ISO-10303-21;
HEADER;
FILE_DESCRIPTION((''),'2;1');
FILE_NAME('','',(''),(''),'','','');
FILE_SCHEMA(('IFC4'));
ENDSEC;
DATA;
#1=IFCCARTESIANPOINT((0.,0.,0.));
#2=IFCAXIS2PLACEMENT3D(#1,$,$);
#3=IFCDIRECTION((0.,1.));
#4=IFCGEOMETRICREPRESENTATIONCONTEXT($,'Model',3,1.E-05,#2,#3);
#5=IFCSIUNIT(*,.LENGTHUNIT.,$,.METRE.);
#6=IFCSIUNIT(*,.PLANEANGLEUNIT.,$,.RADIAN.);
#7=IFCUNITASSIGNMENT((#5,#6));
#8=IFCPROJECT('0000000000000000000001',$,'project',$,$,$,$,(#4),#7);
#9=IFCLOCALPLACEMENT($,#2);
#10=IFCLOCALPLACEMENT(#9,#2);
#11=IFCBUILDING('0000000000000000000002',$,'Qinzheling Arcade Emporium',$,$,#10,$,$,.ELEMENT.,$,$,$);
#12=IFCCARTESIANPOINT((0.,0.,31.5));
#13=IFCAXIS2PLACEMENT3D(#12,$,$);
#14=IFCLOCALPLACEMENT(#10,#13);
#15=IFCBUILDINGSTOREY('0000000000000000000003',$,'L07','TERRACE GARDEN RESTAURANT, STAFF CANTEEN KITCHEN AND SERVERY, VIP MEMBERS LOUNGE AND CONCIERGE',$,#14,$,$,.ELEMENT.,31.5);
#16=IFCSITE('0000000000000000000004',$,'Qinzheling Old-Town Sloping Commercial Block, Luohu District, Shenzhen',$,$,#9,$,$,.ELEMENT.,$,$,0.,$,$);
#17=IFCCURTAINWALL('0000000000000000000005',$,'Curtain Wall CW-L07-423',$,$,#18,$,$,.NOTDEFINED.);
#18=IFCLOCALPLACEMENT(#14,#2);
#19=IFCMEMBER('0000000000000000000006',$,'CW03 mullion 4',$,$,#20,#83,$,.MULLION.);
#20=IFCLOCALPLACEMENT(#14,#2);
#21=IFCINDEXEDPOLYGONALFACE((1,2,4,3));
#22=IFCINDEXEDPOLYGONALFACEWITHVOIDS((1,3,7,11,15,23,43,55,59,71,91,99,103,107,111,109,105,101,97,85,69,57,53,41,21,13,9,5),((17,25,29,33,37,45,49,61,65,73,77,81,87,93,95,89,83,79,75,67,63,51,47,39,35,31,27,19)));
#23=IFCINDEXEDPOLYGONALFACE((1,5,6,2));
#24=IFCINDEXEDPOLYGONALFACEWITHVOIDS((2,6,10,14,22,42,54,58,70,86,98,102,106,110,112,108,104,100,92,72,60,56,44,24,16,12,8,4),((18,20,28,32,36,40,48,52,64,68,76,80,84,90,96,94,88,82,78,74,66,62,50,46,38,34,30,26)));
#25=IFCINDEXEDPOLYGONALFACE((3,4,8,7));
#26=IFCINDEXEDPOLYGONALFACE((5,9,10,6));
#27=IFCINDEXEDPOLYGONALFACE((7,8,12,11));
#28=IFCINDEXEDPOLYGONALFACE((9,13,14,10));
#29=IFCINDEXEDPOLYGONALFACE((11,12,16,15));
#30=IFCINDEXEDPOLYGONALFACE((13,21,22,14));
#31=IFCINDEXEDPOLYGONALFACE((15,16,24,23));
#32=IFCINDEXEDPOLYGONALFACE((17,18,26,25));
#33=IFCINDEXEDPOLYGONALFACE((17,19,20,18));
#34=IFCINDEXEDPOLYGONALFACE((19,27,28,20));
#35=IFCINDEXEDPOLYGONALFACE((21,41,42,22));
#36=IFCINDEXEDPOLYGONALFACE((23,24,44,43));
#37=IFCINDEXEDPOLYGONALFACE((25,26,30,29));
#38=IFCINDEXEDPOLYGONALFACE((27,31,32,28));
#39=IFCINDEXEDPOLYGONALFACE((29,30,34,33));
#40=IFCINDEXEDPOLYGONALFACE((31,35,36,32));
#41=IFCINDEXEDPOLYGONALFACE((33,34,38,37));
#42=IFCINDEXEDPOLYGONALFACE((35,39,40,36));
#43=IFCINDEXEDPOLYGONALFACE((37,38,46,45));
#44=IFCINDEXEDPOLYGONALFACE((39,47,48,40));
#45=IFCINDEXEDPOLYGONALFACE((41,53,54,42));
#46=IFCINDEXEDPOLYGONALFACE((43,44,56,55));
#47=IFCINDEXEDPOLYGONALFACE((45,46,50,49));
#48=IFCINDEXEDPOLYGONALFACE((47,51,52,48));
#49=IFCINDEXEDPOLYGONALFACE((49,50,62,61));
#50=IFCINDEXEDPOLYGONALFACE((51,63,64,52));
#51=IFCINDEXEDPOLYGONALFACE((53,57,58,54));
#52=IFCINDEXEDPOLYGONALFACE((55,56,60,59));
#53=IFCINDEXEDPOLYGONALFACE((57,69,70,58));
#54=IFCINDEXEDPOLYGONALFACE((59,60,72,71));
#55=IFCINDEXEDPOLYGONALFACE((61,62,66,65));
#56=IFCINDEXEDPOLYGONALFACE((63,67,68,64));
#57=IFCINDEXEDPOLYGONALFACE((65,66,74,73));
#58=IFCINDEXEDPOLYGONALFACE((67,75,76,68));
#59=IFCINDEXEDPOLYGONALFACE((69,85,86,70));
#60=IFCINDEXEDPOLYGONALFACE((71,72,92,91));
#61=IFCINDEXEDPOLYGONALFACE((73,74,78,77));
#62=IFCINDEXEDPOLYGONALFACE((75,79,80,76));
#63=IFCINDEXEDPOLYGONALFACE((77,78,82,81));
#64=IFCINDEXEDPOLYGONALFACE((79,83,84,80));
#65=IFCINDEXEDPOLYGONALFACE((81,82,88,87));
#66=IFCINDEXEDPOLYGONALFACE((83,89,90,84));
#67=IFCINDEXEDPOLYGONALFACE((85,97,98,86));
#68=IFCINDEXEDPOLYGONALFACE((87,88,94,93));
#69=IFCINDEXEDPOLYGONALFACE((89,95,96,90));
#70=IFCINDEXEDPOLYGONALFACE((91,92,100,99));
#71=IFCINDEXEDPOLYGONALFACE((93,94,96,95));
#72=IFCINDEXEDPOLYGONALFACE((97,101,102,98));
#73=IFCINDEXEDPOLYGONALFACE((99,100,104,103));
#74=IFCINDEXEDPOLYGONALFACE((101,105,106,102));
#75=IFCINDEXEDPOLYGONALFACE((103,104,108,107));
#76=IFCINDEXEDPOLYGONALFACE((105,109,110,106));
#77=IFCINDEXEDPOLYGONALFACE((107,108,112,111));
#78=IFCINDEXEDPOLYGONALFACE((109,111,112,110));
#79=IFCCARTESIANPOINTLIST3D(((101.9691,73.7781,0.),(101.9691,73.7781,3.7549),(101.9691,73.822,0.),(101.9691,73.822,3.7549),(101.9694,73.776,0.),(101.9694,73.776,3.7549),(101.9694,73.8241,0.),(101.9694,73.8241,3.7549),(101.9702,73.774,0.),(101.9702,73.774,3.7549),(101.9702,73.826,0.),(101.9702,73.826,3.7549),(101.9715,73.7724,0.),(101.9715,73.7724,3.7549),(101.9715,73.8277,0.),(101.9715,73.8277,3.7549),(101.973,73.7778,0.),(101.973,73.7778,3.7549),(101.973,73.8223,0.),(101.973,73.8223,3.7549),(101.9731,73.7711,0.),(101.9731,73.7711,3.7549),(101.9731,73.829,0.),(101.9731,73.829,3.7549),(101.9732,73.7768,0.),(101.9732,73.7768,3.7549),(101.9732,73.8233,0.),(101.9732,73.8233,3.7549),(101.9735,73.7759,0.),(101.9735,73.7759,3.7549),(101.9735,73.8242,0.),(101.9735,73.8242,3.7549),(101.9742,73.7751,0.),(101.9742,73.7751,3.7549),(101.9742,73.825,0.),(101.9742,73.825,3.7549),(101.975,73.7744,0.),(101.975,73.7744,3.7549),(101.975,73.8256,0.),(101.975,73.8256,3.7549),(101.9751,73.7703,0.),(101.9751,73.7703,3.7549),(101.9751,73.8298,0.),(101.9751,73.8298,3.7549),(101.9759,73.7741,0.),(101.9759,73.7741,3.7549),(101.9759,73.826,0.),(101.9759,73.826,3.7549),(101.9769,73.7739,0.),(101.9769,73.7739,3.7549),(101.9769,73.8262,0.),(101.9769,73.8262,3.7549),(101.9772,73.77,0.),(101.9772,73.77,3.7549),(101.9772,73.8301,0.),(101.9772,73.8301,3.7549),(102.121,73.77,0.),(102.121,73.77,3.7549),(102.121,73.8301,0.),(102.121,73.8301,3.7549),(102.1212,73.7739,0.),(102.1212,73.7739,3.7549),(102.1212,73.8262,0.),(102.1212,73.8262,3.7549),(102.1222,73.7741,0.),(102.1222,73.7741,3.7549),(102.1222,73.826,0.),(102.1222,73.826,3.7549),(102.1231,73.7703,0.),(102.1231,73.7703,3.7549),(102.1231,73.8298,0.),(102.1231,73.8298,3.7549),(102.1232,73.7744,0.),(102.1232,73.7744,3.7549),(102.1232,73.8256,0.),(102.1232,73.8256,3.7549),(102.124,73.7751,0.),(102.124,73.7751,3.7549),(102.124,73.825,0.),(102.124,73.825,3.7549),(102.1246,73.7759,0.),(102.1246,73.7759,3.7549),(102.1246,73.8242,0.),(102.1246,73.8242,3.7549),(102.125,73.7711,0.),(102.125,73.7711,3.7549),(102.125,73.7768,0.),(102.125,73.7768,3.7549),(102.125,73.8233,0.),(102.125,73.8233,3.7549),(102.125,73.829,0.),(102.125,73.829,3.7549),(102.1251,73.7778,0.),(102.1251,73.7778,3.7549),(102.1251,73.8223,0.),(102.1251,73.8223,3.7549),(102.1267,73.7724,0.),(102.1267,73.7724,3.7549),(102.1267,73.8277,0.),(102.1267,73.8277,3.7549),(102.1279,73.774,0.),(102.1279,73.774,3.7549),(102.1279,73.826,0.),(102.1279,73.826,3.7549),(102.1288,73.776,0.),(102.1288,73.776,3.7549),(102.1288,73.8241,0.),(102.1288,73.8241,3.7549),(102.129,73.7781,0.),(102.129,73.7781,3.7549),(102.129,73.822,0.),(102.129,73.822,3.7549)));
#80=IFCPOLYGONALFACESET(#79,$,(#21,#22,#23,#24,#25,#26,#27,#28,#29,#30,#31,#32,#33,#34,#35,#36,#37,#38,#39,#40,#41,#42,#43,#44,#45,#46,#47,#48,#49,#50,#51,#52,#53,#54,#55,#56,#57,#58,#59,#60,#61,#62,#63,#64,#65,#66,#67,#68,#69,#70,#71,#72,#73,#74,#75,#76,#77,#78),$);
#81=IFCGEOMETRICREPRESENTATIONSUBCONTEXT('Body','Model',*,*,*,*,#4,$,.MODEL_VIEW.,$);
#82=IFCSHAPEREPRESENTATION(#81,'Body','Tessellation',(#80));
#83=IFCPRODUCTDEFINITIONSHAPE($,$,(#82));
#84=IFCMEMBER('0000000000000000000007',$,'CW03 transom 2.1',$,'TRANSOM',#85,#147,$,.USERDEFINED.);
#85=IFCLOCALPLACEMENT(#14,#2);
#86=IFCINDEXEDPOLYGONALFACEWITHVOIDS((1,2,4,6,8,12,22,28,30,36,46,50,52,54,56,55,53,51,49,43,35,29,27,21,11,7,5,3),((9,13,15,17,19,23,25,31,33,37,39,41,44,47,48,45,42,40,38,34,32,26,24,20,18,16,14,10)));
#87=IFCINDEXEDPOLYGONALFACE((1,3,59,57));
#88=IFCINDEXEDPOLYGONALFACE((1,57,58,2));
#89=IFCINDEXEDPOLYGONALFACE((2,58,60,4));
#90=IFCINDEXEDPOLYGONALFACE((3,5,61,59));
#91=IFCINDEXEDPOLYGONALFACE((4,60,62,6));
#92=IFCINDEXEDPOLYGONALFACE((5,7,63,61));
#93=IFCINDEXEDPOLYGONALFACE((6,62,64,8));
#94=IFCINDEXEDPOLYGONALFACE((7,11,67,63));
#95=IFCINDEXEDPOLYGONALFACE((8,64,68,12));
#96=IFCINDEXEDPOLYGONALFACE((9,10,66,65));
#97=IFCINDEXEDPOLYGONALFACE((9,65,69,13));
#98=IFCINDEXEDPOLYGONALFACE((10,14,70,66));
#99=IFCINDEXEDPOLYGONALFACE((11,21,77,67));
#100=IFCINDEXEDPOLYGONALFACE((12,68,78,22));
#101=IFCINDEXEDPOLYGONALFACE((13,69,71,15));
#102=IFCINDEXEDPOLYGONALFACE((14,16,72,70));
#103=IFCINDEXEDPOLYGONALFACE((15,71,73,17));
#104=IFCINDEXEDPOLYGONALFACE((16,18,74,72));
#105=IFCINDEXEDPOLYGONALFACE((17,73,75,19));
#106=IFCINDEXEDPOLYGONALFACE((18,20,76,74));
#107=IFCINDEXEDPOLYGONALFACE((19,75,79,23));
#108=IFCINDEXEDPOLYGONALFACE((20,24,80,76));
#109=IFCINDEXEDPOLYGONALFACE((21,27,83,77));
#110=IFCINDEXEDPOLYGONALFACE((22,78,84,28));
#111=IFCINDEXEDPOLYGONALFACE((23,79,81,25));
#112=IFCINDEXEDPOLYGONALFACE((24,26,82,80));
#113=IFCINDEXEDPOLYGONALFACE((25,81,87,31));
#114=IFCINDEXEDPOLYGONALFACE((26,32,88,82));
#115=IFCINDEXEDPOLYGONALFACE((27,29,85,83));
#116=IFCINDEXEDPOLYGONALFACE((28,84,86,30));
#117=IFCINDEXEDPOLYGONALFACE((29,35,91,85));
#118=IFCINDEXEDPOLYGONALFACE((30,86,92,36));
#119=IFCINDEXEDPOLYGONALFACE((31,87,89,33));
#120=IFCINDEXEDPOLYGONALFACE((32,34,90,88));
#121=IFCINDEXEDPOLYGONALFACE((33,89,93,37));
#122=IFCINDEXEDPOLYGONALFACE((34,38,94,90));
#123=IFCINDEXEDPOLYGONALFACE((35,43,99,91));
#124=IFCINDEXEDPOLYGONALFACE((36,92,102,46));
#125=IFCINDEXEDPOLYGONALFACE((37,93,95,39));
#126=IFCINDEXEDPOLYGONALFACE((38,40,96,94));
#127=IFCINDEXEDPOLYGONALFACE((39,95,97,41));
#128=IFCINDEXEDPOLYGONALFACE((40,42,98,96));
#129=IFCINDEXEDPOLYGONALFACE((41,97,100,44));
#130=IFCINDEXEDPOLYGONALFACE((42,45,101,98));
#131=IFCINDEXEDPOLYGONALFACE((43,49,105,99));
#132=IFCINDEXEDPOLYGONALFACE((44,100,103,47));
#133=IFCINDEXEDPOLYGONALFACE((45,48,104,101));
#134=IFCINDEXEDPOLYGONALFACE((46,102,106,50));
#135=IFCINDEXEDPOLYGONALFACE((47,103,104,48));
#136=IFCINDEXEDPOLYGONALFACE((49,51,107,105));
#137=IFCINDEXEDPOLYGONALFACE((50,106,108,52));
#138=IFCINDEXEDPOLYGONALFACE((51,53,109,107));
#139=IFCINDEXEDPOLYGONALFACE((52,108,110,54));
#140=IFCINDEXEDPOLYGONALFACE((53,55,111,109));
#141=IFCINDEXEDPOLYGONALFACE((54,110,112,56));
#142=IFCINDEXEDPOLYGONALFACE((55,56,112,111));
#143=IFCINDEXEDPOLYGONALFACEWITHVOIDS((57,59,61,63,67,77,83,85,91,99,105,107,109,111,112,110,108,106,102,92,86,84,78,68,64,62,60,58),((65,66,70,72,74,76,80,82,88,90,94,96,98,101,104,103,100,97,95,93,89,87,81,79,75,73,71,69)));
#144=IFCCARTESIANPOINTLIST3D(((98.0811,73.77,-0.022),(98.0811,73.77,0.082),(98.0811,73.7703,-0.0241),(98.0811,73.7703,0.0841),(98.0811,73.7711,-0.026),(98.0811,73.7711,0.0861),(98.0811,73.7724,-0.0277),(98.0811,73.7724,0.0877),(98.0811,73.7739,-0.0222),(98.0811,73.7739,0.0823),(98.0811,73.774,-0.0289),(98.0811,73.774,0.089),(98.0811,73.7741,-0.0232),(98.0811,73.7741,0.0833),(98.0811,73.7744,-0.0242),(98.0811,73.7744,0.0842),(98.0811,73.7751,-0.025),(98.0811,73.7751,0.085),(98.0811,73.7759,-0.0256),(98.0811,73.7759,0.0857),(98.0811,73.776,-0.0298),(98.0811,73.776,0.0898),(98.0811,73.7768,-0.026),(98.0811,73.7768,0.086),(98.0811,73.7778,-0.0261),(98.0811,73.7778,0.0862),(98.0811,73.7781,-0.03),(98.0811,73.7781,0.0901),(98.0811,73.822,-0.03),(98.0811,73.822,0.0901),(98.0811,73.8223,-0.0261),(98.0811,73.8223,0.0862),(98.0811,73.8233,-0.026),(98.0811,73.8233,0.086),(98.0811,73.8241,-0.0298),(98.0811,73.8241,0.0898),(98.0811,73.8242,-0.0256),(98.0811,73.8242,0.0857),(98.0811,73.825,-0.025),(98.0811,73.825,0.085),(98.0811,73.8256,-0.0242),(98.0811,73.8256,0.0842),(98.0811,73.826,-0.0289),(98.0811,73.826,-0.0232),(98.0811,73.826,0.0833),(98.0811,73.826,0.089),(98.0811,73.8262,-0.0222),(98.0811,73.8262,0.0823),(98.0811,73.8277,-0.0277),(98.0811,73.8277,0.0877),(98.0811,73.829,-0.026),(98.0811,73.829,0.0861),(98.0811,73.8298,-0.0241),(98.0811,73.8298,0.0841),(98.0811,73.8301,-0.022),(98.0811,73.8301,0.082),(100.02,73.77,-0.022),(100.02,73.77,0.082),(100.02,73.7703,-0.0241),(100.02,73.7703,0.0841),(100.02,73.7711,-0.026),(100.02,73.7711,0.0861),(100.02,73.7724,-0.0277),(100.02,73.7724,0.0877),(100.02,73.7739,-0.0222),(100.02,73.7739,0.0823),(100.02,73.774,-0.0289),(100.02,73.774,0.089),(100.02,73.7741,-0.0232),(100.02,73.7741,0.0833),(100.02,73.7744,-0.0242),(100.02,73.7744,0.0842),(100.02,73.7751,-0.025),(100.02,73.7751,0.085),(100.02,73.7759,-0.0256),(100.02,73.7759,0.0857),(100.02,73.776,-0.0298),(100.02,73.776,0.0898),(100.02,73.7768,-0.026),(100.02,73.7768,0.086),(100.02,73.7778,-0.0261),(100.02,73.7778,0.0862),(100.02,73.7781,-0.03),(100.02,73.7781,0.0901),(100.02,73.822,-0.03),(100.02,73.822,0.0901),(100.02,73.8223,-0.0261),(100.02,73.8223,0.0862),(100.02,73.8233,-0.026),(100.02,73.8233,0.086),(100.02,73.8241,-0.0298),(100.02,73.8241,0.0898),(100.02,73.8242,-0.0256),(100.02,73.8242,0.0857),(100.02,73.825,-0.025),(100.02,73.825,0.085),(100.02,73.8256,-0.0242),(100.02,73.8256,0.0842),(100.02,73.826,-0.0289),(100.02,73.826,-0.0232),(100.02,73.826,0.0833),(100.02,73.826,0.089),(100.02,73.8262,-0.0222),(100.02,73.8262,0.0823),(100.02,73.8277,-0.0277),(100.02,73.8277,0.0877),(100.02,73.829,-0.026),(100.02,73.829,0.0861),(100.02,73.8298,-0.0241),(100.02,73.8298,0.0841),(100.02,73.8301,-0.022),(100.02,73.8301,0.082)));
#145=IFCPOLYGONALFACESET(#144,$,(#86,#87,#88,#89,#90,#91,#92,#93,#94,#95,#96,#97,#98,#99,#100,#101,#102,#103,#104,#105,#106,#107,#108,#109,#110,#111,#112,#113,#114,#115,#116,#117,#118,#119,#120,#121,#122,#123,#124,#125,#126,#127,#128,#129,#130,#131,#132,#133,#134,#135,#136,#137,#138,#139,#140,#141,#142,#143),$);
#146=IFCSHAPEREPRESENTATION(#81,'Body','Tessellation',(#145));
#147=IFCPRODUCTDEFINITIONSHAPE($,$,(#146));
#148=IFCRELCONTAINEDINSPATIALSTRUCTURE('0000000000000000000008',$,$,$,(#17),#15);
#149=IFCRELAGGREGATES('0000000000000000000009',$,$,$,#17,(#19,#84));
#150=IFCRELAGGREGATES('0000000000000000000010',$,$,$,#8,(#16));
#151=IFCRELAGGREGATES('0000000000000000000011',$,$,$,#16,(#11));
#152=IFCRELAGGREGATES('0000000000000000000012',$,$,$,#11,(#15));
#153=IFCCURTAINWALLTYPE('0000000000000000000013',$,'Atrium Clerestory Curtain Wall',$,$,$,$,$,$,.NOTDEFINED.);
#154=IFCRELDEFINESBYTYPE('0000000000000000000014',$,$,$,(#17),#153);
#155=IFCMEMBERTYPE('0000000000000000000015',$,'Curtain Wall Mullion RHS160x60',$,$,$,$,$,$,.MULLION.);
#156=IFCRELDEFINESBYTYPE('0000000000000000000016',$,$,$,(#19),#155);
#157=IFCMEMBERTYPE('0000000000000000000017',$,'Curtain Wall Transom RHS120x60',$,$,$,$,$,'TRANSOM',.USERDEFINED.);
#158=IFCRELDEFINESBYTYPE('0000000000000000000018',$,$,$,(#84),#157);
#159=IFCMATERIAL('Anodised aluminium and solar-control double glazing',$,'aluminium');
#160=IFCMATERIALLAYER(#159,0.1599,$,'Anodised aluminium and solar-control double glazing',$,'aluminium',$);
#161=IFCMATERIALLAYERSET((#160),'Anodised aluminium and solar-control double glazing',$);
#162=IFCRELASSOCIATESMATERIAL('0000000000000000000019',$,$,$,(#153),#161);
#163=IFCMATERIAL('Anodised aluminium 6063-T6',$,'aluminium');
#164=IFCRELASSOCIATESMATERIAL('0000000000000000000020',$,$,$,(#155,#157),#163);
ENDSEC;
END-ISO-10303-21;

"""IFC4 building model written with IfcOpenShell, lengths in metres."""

from ifc_helpers import new_model, si_unit, direction, frame, origin, origin_2d, place, context, subcontext, project, spatial, hollow_rectangle, extrude, material, layer, layer_set, material_profile, profile_set, type_object, element, aggregate, save


model = new_model("IFC4")

# Units and contexts
model_context = context("Model", 3, precision=1e-05, world=origin(), true_north=direction((0.0, 1.0)))
body_context = subcontext(model_context, "Body", "Model", "MODEL_VIEW")
ifc_project = project(units=[si_unit("LENGTHUNIT", "METRE"), si_unit("PLANEANGLEUNIT", "RADIAN")], contexts=[model_context])

# Site, building, storey
site_placement = place(None, origin())
site = spatial("IfcSite", under=ifc_project, at=site_placement, Name="Qinzheling Old-Town Sloping Commercial Block, Luohu District, Shenzhen", CompositionType="ELEMENT", RefElevation=0.0)
building_placement = place(site_placement, origin())
building = spatial("IfcBuilding", under=site, at=building_placement, Name="Qinzheling Arcade Emporium", CompositionType="ELEMENT")
storey_placement = place(building_placement, frame((0.0, 0.0, 31.5)))
storey = spatial("IfcBuildingStorey", under=building, at=storey_placement, Name="L07", Description="TERRACE GARDEN RESTAURANT, STAFF CANTEEN KITCHEN AND SERVERY, VIP MEMBERS LOUNGE AND CONCIERGE", CompositionType="ELEMENT", Elevation=31.5)

# Curtain wall, members
ifc_material_1 = material(Name="Anodised aluminium and solar-control double glazing", Category="aluminium")
ifc_layer_1 = layer(ifc_material_1, 0.1599, Name="Anodised aluminium and solar-control double glazing", Category="aluminium")
ifc_layer_set_1 = layer_set([ifc_layer_1], Name="Anodised aluminium and solar-control double glazing")
curtain_wall_type = type_object("IfcCurtainWallType", Name="Atrium Clerestory Curtain Wall", PredefinedType="NOTDEFINED", material=ifc_layer_set_1)
curtain_wall_placement = place(storey_placement, origin())
curtain_wall = element("IfcCurtainWall", 1, at=curtain_wall_placement, inside=storey, type_object=curtain_wall_type, Name="Curtain Wall CW-L07-423", PredefinedType="NOTDEFINED")
ifc_material_2 = material(Name="Anodised aluminium 6063-T6", Category="aluminium")
ifc_material_profile_1 = material_profile(ifc_material_2, hollow_rectangle(XDim=0.0601, YDim=0.1599, WallThickness=0.0039, InnerFilletRadius=0.0039, OuterFilletRadius=0.0081, at=origin_2d()), Name="RHS 160x60x4", Category="aluminium")
ifc_profile_set_1 = profile_set([ifc_material_profile_1], Name="Anodised aluminium 6063-T6")
member_type_1 = type_object("IfcMemberType", Name="Curtain Wall Mullion RHS160x60", PredefinedType="MULLION", material=ifc_profile_set_1)
member_1_placement = place(storey_placement, frame((102.0491, 73.8, 0.0), z_axis=(0.0, 0.0, 1.0), x_axis=(0.0, 1.0, 0.0)))
member_1 = element("IfcMember", 2, at=member_1_placement, type_object=member_type_1, Name="CW03 mullion 4", PredefinedType="MULLION", context=body_context, shape_type="SweptSolid", body=[
    extrude(hollow_rectangle(XDim=0.0601, YDim=0.1599, WallThickness=0.0039, InnerFilletRadius=0.0039, OuterFilletRadius=0.0081, at=origin_2d()), origin(), (0.0, 0.0, 1.0), 3.7549),
])
ifc_material_profile_2 = material_profile(ifc_material_2, hollow_rectangle(XDim=0.0601, YDim=0.1201, WallThickness=0.0039, InnerFilletRadius=0.0039, OuterFilletRadius=0.0081, at=origin_2d()), Name="RHS 120x60x4", Category="aluminium")
ifc_profile_set_2 = profile_set([ifc_material_profile_2], Name="Anodised aluminium 6063-T6")
member_type_2 = type_object("IfcMemberType", Name="Curtain Wall Transom RHS120x60", ElementType="TRANSOM", PredefinedType="USERDEFINED", material=ifc_profile_set_2)
member_2_placement = place(storey_placement, frame((98.0811, 73.8, 0.03), z_axis=(1.0, 0.0, 0.0), x_axis=(0.0, 1.0, 0.0)))
member_2 = element("IfcMember", 3, at=member_2_placement, type_object=member_type_2, Name="CW03 transom 2.1", ObjectType="TRANSOM", PredefinedType="USERDEFINED", context=body_context, shape_type="SweptSolid", body=[
    extrude(hollow_rectangle(XDim=0.0601, YDim=0.1201, WallThickness=0.0039, InnerFilletRadius=0.0039, OuterFilletRadius=0.0081, at=origin_2d()), origin(), (0.0, 0.0, 1.0), 1.939),
])
aggregate(curtain_wall, [member_1, member_2])

save(model, "model.ifc")
